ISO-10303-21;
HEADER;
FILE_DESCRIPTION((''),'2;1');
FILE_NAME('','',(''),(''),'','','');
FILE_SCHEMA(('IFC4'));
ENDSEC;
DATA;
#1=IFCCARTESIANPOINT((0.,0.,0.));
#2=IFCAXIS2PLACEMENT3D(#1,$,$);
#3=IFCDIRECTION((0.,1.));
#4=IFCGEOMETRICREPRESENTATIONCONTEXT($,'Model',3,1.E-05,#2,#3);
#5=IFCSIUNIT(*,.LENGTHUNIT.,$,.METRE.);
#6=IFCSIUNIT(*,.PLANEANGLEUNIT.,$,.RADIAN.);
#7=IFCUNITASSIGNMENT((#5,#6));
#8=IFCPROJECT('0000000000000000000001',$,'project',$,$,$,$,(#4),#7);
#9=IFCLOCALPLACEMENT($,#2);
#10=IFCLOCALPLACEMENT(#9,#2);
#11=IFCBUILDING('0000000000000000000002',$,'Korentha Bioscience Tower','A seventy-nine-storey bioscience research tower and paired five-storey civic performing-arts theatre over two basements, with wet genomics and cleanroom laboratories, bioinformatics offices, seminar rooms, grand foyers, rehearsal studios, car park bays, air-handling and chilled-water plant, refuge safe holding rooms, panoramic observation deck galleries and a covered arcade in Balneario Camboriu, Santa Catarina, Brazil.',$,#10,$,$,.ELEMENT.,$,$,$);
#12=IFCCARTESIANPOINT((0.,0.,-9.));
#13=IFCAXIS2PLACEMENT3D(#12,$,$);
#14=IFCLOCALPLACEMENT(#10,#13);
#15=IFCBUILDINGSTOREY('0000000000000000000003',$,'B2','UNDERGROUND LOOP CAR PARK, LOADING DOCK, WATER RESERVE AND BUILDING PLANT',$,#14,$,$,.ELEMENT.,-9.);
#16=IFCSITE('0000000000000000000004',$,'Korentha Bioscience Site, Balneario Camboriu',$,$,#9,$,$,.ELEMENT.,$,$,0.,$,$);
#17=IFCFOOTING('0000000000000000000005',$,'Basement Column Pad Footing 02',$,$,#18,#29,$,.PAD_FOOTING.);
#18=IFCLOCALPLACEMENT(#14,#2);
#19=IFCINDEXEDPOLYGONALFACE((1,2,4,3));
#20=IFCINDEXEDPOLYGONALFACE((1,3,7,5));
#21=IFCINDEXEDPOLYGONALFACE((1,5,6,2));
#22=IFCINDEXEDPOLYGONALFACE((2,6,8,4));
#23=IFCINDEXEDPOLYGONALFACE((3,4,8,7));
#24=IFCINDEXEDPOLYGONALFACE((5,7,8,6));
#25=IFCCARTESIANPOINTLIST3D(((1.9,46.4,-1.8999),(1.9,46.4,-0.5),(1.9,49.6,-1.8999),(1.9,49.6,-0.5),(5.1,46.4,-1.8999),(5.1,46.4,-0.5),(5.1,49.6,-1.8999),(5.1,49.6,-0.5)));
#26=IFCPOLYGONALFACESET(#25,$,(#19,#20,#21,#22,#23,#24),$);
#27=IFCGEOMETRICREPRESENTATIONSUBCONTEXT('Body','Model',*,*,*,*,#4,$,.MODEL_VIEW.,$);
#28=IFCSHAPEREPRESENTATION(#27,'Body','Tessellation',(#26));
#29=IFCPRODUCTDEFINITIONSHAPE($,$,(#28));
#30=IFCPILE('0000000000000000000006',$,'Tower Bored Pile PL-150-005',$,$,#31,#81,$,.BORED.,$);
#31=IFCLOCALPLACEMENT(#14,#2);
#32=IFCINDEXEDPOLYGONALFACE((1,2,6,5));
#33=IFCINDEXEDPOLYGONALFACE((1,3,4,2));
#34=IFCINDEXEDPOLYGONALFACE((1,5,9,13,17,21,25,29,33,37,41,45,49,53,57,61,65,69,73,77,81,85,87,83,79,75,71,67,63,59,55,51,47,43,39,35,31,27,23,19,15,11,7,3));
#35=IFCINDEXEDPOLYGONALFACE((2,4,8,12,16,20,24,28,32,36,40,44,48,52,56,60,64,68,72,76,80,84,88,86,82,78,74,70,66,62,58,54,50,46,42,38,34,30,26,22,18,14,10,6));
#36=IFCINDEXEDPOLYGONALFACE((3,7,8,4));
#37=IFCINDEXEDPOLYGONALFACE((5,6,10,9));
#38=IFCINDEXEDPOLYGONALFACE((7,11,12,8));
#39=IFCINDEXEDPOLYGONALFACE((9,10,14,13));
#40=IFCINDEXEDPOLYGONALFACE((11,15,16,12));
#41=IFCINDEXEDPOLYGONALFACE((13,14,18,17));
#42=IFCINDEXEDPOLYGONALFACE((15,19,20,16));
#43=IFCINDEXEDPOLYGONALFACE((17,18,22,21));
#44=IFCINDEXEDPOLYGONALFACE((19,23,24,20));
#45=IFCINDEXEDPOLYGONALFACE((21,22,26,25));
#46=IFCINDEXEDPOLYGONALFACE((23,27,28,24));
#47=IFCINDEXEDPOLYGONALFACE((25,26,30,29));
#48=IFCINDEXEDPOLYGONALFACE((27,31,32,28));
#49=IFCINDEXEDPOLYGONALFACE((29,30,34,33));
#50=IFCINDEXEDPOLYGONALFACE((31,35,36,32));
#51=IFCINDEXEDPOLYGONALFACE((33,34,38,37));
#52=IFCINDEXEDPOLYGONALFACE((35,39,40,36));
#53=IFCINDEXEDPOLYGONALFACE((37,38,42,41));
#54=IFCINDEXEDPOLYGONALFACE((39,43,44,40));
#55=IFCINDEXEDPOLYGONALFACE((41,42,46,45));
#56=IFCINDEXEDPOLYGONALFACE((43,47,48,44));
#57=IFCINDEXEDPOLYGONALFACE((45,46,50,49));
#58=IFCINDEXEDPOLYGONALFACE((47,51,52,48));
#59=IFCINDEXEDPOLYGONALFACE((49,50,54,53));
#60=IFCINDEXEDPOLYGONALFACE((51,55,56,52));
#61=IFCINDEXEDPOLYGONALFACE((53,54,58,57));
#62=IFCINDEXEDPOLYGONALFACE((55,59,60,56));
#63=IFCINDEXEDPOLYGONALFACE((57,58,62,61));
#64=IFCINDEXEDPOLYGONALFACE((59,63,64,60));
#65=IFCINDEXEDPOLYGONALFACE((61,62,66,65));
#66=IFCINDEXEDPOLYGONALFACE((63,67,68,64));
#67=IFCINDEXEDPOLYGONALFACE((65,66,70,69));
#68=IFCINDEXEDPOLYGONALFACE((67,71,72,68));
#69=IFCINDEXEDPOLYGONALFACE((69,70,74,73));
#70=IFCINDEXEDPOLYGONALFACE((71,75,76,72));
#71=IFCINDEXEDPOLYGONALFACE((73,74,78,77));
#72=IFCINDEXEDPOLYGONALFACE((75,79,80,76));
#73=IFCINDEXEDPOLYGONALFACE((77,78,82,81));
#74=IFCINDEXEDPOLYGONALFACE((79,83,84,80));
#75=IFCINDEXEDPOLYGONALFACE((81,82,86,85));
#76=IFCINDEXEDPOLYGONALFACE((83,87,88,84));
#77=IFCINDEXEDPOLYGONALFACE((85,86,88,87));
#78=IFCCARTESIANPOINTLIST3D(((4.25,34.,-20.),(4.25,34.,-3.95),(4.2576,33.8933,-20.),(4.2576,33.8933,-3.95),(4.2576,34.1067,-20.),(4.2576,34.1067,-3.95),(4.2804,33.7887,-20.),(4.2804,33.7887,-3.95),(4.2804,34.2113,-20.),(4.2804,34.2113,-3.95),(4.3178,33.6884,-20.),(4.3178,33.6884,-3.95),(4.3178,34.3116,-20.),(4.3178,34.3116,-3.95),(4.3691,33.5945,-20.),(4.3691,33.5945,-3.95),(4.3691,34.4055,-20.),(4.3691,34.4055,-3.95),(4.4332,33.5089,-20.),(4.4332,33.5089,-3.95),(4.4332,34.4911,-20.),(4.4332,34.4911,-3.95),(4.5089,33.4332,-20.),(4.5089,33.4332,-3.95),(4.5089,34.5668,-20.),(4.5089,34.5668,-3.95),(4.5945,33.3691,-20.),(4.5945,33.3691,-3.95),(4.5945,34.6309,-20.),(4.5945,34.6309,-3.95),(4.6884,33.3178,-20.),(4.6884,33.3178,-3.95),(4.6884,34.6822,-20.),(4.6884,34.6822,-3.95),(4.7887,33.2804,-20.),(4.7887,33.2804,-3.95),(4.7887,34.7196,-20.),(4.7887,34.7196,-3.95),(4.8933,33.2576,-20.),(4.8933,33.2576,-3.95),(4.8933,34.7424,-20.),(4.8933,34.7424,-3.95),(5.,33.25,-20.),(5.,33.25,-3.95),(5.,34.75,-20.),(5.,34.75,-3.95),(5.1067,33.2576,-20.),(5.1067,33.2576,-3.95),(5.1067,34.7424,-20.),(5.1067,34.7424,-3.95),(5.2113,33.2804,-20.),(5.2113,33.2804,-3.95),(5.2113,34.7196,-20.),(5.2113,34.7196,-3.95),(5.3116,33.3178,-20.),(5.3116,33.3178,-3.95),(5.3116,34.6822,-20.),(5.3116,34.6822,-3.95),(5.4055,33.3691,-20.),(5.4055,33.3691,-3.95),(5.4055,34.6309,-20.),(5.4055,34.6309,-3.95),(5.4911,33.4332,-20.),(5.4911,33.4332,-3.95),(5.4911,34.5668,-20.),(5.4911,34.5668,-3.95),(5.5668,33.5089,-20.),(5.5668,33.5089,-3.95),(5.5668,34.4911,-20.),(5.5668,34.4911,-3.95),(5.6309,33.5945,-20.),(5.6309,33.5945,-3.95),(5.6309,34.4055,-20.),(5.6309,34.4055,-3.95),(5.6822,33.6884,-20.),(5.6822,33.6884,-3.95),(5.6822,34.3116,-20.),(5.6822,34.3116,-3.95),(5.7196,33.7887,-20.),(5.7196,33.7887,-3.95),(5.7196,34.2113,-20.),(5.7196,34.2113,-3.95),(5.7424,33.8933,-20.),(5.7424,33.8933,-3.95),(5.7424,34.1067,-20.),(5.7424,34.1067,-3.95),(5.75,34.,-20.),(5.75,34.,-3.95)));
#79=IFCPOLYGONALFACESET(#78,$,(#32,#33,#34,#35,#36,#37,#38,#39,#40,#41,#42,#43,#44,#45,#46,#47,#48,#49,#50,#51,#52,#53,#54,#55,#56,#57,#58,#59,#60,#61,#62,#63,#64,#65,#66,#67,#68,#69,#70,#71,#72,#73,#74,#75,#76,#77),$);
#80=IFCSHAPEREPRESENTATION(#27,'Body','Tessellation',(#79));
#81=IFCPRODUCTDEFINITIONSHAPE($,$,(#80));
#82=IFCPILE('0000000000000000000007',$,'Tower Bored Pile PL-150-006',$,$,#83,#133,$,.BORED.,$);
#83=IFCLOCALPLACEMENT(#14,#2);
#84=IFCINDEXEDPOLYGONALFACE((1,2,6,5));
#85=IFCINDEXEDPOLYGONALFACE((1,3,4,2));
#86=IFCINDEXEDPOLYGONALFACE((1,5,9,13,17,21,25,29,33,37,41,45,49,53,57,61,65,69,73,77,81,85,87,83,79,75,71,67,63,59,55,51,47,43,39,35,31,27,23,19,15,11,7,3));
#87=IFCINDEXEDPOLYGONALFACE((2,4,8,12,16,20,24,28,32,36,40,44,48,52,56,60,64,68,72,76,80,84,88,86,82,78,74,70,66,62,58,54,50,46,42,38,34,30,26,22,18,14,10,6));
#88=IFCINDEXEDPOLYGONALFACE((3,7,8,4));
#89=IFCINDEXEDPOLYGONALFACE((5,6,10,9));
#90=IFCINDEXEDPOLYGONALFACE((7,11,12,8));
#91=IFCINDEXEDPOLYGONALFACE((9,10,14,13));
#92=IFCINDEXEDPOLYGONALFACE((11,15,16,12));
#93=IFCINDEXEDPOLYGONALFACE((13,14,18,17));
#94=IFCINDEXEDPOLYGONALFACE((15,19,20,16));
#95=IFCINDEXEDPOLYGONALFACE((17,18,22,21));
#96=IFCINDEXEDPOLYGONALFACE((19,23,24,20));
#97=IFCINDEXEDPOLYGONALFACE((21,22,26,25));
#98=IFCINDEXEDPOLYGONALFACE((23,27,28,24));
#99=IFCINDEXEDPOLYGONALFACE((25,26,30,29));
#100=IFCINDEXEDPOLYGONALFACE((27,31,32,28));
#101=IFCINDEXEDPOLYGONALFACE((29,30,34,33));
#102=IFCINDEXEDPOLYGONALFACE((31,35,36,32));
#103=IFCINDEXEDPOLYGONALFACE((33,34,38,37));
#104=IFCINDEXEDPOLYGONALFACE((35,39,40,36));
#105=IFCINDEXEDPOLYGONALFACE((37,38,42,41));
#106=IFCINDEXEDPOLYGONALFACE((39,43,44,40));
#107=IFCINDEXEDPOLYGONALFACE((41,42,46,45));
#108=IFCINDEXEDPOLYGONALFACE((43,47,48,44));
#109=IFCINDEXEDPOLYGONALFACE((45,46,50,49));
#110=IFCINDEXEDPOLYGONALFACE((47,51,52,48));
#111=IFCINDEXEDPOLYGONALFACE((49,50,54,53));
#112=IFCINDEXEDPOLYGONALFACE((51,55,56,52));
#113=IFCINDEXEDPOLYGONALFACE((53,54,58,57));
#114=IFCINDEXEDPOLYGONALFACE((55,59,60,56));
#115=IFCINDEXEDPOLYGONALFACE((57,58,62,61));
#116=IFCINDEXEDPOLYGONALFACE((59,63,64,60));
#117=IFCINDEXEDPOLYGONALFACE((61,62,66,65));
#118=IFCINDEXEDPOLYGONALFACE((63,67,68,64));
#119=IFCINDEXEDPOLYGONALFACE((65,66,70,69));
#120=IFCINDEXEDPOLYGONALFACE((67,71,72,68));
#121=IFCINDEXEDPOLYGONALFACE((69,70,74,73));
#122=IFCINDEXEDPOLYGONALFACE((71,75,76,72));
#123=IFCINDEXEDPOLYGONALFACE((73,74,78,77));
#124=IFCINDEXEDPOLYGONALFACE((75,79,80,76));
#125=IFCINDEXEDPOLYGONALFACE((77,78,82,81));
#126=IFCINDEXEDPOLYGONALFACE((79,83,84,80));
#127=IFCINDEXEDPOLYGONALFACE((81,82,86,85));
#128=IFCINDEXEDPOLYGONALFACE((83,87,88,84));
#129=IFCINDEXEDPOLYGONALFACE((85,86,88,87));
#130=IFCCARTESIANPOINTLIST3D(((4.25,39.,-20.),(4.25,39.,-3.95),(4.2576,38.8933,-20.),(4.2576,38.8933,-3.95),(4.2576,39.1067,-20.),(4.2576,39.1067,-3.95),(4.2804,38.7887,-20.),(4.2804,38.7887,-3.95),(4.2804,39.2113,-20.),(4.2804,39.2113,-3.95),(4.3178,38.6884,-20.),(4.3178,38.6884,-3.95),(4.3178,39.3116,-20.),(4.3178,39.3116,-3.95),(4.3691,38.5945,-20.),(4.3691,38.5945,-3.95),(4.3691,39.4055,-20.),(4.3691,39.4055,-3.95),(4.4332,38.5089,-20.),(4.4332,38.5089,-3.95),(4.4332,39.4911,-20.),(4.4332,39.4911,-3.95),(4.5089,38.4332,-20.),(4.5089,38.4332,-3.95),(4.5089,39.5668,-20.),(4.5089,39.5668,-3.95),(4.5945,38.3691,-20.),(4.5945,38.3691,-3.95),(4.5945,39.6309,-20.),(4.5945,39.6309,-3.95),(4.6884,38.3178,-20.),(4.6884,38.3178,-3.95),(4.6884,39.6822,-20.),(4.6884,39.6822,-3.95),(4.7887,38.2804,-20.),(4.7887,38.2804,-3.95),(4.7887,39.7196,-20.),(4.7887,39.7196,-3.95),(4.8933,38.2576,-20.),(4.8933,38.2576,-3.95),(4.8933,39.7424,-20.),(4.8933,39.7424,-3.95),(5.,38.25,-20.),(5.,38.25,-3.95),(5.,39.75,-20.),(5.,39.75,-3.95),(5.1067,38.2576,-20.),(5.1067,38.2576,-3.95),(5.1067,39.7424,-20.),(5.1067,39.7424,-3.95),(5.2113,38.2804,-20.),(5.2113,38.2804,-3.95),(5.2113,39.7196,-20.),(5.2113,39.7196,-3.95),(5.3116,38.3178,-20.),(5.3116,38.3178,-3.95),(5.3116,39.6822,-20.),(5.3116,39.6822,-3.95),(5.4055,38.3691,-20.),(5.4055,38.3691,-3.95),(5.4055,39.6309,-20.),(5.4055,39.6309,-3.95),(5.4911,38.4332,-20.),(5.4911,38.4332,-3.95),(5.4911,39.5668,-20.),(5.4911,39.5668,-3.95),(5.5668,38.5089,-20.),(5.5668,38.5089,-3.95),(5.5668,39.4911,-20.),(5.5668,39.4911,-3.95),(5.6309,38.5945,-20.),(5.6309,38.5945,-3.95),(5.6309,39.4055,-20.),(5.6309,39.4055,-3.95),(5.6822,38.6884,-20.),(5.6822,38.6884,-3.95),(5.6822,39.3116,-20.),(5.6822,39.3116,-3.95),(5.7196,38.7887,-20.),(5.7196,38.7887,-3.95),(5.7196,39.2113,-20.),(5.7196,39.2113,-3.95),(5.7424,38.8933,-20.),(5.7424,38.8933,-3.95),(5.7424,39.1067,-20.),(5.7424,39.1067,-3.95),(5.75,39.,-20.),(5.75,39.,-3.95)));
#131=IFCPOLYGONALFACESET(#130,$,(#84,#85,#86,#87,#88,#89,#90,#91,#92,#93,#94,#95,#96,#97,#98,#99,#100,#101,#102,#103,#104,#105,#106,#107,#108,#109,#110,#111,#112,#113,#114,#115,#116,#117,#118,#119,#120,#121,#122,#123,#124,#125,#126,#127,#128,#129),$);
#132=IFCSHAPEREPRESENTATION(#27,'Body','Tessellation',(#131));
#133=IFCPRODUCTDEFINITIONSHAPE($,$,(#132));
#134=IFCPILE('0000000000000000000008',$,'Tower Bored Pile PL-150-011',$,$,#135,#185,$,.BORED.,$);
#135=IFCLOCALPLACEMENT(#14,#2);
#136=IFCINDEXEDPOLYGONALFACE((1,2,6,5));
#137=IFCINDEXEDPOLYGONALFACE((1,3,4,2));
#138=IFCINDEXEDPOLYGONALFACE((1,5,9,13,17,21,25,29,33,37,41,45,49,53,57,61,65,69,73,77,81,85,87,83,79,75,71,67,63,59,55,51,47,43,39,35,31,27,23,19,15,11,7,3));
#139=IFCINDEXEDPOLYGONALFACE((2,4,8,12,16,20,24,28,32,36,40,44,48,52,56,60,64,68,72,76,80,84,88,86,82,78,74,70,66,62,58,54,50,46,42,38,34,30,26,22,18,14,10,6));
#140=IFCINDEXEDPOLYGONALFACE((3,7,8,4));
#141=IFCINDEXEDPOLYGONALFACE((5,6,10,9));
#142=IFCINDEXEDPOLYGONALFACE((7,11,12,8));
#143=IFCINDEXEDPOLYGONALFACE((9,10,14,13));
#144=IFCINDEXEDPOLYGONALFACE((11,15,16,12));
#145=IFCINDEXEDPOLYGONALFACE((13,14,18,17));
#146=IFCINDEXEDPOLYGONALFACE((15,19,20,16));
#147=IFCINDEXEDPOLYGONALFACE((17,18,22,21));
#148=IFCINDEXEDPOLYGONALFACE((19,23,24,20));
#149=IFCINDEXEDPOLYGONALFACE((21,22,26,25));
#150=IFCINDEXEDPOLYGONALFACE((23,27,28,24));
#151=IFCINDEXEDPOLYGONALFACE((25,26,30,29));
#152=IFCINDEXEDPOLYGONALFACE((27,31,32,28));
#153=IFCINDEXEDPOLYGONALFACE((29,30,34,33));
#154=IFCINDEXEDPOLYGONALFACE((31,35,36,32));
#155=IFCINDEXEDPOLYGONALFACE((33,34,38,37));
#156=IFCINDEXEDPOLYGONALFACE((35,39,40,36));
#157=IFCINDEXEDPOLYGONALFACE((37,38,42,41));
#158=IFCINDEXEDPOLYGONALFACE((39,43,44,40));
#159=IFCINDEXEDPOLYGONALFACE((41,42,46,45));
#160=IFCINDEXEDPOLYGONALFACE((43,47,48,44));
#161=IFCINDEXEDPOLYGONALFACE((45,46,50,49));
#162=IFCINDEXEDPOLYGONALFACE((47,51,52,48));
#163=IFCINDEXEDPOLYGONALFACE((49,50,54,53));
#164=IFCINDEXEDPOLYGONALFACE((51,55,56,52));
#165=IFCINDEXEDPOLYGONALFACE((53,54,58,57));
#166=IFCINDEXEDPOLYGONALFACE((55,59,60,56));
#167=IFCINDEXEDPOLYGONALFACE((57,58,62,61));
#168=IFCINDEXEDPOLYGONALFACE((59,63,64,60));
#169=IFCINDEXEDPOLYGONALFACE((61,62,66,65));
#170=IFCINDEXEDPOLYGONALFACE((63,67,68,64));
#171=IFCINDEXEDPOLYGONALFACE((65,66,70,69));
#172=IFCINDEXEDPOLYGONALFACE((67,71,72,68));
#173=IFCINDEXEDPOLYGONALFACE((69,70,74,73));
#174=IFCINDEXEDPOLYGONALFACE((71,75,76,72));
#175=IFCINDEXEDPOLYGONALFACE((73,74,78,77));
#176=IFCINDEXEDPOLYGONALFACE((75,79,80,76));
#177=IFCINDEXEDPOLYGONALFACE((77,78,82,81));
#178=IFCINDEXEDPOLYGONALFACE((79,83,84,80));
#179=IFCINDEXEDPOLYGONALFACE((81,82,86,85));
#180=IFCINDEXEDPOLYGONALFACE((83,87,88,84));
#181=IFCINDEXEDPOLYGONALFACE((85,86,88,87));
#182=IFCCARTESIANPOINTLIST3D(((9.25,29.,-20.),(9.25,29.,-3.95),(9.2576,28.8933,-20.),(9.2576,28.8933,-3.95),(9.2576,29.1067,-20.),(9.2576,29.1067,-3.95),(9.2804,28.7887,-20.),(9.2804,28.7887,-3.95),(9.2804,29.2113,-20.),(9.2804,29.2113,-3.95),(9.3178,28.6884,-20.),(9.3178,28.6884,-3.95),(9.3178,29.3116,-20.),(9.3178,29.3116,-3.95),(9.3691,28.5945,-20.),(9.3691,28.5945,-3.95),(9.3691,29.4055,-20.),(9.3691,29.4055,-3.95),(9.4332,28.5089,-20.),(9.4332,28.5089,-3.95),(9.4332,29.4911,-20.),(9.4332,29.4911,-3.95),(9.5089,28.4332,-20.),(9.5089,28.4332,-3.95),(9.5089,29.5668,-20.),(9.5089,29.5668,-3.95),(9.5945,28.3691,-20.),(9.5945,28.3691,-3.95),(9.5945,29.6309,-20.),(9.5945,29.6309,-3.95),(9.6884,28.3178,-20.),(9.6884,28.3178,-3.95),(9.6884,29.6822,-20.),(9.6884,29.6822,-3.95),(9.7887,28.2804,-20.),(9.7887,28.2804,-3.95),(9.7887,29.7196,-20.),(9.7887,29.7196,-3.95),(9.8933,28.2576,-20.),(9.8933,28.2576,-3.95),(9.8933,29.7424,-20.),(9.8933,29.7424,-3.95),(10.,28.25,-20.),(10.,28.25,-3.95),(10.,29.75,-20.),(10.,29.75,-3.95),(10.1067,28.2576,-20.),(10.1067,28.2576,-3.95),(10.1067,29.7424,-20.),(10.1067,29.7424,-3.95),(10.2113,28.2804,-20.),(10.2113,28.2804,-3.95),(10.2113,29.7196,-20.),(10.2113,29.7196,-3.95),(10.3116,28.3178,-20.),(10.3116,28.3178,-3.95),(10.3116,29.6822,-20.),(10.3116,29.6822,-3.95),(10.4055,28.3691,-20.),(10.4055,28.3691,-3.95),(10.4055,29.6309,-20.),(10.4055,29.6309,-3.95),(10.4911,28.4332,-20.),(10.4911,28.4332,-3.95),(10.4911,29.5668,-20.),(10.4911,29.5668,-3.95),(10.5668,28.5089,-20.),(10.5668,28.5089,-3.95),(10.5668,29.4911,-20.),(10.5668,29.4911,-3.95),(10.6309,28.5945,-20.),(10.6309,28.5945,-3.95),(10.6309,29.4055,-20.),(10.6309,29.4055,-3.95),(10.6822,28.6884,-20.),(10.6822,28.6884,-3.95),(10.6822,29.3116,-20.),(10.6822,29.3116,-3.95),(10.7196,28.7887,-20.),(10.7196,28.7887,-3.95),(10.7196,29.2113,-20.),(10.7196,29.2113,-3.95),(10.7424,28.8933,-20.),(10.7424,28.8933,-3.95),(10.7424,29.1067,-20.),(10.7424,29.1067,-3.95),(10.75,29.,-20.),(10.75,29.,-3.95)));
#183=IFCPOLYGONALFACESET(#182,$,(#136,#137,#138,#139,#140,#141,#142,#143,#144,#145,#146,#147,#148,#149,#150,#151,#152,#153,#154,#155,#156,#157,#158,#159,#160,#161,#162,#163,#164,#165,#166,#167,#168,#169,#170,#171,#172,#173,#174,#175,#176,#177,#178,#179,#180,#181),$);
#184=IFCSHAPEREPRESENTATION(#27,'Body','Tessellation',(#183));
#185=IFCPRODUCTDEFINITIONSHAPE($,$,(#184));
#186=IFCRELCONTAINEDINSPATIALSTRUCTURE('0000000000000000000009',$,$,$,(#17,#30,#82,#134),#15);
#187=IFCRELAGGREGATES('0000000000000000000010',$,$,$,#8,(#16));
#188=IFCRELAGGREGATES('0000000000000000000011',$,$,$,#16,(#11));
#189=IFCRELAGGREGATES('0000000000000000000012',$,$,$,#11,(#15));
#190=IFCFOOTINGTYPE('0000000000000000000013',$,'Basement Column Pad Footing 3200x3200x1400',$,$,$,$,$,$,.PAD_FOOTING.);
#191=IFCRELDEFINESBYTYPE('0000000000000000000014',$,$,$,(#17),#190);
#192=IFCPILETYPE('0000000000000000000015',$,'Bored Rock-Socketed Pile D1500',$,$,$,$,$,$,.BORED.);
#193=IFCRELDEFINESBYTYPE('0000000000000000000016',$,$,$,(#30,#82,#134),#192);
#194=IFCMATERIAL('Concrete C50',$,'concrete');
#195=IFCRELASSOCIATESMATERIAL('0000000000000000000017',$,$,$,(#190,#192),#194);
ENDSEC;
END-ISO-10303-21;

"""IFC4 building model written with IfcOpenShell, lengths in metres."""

from ifc_helpers import new_model, si_unit, direction, frame, origin, origin_2d, place, context, subcontext, project, spatial, rectangle, circle, extrude, material, material_profile, profile_set, type_object, element, save


model = new_model("IFC4")

# Units and contexts
model_context = context("Model", 3, precision=1e-05, world=origin(), true_north=direction((0.0, 1.0)))
body_context = subcontext(model_context, "Body", "Model", "MODEL_VIEW")
ifc_project = project(units=[si_unit("LENGTHUNIT", "METRE"), si_unit("PLANEANGLEUNIT", "RADIAN")], contexts=[model_context])

# Site, building, storey
site_placement = place(None, origin())
site = spatial("IfcSite", under=ifc_project, at=site_placement, Name="Korentha Bioscience Site, Balneario Camboriu", CompositionType="ELEMENT", RefElevation=0.0)
building_placement = place(site_placement, origin())
building = spatial("IfcBuilding", under=site, at=building_placement, Name="Korentha Bioscience Tower", Description="A seventy-nine-storey bioscience research tower and paired five-storey civic performing-arts theatre over two basements, with wet genomics and cleanroom laboratories, bioinformatics offices, seminar rooms, grand foyers, rehearsal studios, car park bays, air-handling and chilled-water plant, refuge safe holding rooms, panoramic observation deck galleries and a covered arcade in Balneario Camboriu, Santa Catarina, Brazil.", CompositionType="ELEMENT")
storey_placement = place(building_placement, frame((0.0, 0.0, -9.0)))
storey = spatial("IfcBuildingStorey", under=building, at=storey_placement, Name="B2", Description="UNDERGROUND LOOP CAR PARK, LOADING DOCK, WATER RESERVE AND BUILDING PLANT", CompositionType="ELEMENT", Elevation=-9.0)

# Footing
ifc_material_1 = material(Name="Concrete C50", Category="concrete")
footing_type = type_object("IfcFootingType", Name="Basement Column Pad Footing 3200x3200x1400", PredefinedType="PAD_FOOTING", material=ifc_material_1)
footing_placement = place(storey_placement, frame((3.5, 48.0, -1.8999), z_axis=(0.0, 0.0, 1.0), x_axis=(1.0, 0.0, 0.0)))
element("IfcFooting", 1, at=footing_placement, inside=storey, type_object=footing_type, Name="Basement Column Pad Footing 02", PredefinedType="PAD_FOOTING", context=body_context, shape_type="SweptSolid", body=[
    extrude(rectangle(XDim=3.2, YDim=3.2, at=origin_2d()), origin(), (0.0, 0.0, 1.0), 1.3999),
])

# Piles
ifc_material_profile_1 = material_profile(ifc_material_1, circle(Radius=0.75, at=origin_2d()), Name="Concrete C50")
ifc_profile_set_1 = profile_set([ifc_material_profile_1], Name="Concrete C50 (PL-150)")
pile_type = type_object("IfcPileType", Name="Bored Rock-Socketed Pile D1500", PredefinedType="BORED", material=ifc_profile_set_1)
for number, where, z_axis, x_axis, name in (
    (2, (5.0, 34.0, -3.95), (0.0, 0.0, -1.0), (1.0, 0.0, 0.0), "Tower Bored Pile PL-150-005"),
    (3, (5.0, 39.0, -3.95), (0.0, 0.0, -1.0), (1.0, 0.0, 0.0), "Tower Bored Pile PL-150-006"),
    (4, (10.0, 29.0, -3.95), (0.0, 0.0, -1.0), (1.0, 0.0, 0.0), "Tower Bored Pile PL-150-011"),
):
    element("IfcPile", number, at=place(storey_placement, frame(where, z_axis=z_axis, x_axis=x_axis)), inside=storey, type_object=pile_type, Name=name, PredefinedType="BORED", context=body_context, shape_type="SweptSolid", body=[
        extrude(circle(Radius=0.75, at=origin_2d()), origin(), (0.0, 0.0, 1.0), 16.05),
    ])

save(model, "model.ifc")
